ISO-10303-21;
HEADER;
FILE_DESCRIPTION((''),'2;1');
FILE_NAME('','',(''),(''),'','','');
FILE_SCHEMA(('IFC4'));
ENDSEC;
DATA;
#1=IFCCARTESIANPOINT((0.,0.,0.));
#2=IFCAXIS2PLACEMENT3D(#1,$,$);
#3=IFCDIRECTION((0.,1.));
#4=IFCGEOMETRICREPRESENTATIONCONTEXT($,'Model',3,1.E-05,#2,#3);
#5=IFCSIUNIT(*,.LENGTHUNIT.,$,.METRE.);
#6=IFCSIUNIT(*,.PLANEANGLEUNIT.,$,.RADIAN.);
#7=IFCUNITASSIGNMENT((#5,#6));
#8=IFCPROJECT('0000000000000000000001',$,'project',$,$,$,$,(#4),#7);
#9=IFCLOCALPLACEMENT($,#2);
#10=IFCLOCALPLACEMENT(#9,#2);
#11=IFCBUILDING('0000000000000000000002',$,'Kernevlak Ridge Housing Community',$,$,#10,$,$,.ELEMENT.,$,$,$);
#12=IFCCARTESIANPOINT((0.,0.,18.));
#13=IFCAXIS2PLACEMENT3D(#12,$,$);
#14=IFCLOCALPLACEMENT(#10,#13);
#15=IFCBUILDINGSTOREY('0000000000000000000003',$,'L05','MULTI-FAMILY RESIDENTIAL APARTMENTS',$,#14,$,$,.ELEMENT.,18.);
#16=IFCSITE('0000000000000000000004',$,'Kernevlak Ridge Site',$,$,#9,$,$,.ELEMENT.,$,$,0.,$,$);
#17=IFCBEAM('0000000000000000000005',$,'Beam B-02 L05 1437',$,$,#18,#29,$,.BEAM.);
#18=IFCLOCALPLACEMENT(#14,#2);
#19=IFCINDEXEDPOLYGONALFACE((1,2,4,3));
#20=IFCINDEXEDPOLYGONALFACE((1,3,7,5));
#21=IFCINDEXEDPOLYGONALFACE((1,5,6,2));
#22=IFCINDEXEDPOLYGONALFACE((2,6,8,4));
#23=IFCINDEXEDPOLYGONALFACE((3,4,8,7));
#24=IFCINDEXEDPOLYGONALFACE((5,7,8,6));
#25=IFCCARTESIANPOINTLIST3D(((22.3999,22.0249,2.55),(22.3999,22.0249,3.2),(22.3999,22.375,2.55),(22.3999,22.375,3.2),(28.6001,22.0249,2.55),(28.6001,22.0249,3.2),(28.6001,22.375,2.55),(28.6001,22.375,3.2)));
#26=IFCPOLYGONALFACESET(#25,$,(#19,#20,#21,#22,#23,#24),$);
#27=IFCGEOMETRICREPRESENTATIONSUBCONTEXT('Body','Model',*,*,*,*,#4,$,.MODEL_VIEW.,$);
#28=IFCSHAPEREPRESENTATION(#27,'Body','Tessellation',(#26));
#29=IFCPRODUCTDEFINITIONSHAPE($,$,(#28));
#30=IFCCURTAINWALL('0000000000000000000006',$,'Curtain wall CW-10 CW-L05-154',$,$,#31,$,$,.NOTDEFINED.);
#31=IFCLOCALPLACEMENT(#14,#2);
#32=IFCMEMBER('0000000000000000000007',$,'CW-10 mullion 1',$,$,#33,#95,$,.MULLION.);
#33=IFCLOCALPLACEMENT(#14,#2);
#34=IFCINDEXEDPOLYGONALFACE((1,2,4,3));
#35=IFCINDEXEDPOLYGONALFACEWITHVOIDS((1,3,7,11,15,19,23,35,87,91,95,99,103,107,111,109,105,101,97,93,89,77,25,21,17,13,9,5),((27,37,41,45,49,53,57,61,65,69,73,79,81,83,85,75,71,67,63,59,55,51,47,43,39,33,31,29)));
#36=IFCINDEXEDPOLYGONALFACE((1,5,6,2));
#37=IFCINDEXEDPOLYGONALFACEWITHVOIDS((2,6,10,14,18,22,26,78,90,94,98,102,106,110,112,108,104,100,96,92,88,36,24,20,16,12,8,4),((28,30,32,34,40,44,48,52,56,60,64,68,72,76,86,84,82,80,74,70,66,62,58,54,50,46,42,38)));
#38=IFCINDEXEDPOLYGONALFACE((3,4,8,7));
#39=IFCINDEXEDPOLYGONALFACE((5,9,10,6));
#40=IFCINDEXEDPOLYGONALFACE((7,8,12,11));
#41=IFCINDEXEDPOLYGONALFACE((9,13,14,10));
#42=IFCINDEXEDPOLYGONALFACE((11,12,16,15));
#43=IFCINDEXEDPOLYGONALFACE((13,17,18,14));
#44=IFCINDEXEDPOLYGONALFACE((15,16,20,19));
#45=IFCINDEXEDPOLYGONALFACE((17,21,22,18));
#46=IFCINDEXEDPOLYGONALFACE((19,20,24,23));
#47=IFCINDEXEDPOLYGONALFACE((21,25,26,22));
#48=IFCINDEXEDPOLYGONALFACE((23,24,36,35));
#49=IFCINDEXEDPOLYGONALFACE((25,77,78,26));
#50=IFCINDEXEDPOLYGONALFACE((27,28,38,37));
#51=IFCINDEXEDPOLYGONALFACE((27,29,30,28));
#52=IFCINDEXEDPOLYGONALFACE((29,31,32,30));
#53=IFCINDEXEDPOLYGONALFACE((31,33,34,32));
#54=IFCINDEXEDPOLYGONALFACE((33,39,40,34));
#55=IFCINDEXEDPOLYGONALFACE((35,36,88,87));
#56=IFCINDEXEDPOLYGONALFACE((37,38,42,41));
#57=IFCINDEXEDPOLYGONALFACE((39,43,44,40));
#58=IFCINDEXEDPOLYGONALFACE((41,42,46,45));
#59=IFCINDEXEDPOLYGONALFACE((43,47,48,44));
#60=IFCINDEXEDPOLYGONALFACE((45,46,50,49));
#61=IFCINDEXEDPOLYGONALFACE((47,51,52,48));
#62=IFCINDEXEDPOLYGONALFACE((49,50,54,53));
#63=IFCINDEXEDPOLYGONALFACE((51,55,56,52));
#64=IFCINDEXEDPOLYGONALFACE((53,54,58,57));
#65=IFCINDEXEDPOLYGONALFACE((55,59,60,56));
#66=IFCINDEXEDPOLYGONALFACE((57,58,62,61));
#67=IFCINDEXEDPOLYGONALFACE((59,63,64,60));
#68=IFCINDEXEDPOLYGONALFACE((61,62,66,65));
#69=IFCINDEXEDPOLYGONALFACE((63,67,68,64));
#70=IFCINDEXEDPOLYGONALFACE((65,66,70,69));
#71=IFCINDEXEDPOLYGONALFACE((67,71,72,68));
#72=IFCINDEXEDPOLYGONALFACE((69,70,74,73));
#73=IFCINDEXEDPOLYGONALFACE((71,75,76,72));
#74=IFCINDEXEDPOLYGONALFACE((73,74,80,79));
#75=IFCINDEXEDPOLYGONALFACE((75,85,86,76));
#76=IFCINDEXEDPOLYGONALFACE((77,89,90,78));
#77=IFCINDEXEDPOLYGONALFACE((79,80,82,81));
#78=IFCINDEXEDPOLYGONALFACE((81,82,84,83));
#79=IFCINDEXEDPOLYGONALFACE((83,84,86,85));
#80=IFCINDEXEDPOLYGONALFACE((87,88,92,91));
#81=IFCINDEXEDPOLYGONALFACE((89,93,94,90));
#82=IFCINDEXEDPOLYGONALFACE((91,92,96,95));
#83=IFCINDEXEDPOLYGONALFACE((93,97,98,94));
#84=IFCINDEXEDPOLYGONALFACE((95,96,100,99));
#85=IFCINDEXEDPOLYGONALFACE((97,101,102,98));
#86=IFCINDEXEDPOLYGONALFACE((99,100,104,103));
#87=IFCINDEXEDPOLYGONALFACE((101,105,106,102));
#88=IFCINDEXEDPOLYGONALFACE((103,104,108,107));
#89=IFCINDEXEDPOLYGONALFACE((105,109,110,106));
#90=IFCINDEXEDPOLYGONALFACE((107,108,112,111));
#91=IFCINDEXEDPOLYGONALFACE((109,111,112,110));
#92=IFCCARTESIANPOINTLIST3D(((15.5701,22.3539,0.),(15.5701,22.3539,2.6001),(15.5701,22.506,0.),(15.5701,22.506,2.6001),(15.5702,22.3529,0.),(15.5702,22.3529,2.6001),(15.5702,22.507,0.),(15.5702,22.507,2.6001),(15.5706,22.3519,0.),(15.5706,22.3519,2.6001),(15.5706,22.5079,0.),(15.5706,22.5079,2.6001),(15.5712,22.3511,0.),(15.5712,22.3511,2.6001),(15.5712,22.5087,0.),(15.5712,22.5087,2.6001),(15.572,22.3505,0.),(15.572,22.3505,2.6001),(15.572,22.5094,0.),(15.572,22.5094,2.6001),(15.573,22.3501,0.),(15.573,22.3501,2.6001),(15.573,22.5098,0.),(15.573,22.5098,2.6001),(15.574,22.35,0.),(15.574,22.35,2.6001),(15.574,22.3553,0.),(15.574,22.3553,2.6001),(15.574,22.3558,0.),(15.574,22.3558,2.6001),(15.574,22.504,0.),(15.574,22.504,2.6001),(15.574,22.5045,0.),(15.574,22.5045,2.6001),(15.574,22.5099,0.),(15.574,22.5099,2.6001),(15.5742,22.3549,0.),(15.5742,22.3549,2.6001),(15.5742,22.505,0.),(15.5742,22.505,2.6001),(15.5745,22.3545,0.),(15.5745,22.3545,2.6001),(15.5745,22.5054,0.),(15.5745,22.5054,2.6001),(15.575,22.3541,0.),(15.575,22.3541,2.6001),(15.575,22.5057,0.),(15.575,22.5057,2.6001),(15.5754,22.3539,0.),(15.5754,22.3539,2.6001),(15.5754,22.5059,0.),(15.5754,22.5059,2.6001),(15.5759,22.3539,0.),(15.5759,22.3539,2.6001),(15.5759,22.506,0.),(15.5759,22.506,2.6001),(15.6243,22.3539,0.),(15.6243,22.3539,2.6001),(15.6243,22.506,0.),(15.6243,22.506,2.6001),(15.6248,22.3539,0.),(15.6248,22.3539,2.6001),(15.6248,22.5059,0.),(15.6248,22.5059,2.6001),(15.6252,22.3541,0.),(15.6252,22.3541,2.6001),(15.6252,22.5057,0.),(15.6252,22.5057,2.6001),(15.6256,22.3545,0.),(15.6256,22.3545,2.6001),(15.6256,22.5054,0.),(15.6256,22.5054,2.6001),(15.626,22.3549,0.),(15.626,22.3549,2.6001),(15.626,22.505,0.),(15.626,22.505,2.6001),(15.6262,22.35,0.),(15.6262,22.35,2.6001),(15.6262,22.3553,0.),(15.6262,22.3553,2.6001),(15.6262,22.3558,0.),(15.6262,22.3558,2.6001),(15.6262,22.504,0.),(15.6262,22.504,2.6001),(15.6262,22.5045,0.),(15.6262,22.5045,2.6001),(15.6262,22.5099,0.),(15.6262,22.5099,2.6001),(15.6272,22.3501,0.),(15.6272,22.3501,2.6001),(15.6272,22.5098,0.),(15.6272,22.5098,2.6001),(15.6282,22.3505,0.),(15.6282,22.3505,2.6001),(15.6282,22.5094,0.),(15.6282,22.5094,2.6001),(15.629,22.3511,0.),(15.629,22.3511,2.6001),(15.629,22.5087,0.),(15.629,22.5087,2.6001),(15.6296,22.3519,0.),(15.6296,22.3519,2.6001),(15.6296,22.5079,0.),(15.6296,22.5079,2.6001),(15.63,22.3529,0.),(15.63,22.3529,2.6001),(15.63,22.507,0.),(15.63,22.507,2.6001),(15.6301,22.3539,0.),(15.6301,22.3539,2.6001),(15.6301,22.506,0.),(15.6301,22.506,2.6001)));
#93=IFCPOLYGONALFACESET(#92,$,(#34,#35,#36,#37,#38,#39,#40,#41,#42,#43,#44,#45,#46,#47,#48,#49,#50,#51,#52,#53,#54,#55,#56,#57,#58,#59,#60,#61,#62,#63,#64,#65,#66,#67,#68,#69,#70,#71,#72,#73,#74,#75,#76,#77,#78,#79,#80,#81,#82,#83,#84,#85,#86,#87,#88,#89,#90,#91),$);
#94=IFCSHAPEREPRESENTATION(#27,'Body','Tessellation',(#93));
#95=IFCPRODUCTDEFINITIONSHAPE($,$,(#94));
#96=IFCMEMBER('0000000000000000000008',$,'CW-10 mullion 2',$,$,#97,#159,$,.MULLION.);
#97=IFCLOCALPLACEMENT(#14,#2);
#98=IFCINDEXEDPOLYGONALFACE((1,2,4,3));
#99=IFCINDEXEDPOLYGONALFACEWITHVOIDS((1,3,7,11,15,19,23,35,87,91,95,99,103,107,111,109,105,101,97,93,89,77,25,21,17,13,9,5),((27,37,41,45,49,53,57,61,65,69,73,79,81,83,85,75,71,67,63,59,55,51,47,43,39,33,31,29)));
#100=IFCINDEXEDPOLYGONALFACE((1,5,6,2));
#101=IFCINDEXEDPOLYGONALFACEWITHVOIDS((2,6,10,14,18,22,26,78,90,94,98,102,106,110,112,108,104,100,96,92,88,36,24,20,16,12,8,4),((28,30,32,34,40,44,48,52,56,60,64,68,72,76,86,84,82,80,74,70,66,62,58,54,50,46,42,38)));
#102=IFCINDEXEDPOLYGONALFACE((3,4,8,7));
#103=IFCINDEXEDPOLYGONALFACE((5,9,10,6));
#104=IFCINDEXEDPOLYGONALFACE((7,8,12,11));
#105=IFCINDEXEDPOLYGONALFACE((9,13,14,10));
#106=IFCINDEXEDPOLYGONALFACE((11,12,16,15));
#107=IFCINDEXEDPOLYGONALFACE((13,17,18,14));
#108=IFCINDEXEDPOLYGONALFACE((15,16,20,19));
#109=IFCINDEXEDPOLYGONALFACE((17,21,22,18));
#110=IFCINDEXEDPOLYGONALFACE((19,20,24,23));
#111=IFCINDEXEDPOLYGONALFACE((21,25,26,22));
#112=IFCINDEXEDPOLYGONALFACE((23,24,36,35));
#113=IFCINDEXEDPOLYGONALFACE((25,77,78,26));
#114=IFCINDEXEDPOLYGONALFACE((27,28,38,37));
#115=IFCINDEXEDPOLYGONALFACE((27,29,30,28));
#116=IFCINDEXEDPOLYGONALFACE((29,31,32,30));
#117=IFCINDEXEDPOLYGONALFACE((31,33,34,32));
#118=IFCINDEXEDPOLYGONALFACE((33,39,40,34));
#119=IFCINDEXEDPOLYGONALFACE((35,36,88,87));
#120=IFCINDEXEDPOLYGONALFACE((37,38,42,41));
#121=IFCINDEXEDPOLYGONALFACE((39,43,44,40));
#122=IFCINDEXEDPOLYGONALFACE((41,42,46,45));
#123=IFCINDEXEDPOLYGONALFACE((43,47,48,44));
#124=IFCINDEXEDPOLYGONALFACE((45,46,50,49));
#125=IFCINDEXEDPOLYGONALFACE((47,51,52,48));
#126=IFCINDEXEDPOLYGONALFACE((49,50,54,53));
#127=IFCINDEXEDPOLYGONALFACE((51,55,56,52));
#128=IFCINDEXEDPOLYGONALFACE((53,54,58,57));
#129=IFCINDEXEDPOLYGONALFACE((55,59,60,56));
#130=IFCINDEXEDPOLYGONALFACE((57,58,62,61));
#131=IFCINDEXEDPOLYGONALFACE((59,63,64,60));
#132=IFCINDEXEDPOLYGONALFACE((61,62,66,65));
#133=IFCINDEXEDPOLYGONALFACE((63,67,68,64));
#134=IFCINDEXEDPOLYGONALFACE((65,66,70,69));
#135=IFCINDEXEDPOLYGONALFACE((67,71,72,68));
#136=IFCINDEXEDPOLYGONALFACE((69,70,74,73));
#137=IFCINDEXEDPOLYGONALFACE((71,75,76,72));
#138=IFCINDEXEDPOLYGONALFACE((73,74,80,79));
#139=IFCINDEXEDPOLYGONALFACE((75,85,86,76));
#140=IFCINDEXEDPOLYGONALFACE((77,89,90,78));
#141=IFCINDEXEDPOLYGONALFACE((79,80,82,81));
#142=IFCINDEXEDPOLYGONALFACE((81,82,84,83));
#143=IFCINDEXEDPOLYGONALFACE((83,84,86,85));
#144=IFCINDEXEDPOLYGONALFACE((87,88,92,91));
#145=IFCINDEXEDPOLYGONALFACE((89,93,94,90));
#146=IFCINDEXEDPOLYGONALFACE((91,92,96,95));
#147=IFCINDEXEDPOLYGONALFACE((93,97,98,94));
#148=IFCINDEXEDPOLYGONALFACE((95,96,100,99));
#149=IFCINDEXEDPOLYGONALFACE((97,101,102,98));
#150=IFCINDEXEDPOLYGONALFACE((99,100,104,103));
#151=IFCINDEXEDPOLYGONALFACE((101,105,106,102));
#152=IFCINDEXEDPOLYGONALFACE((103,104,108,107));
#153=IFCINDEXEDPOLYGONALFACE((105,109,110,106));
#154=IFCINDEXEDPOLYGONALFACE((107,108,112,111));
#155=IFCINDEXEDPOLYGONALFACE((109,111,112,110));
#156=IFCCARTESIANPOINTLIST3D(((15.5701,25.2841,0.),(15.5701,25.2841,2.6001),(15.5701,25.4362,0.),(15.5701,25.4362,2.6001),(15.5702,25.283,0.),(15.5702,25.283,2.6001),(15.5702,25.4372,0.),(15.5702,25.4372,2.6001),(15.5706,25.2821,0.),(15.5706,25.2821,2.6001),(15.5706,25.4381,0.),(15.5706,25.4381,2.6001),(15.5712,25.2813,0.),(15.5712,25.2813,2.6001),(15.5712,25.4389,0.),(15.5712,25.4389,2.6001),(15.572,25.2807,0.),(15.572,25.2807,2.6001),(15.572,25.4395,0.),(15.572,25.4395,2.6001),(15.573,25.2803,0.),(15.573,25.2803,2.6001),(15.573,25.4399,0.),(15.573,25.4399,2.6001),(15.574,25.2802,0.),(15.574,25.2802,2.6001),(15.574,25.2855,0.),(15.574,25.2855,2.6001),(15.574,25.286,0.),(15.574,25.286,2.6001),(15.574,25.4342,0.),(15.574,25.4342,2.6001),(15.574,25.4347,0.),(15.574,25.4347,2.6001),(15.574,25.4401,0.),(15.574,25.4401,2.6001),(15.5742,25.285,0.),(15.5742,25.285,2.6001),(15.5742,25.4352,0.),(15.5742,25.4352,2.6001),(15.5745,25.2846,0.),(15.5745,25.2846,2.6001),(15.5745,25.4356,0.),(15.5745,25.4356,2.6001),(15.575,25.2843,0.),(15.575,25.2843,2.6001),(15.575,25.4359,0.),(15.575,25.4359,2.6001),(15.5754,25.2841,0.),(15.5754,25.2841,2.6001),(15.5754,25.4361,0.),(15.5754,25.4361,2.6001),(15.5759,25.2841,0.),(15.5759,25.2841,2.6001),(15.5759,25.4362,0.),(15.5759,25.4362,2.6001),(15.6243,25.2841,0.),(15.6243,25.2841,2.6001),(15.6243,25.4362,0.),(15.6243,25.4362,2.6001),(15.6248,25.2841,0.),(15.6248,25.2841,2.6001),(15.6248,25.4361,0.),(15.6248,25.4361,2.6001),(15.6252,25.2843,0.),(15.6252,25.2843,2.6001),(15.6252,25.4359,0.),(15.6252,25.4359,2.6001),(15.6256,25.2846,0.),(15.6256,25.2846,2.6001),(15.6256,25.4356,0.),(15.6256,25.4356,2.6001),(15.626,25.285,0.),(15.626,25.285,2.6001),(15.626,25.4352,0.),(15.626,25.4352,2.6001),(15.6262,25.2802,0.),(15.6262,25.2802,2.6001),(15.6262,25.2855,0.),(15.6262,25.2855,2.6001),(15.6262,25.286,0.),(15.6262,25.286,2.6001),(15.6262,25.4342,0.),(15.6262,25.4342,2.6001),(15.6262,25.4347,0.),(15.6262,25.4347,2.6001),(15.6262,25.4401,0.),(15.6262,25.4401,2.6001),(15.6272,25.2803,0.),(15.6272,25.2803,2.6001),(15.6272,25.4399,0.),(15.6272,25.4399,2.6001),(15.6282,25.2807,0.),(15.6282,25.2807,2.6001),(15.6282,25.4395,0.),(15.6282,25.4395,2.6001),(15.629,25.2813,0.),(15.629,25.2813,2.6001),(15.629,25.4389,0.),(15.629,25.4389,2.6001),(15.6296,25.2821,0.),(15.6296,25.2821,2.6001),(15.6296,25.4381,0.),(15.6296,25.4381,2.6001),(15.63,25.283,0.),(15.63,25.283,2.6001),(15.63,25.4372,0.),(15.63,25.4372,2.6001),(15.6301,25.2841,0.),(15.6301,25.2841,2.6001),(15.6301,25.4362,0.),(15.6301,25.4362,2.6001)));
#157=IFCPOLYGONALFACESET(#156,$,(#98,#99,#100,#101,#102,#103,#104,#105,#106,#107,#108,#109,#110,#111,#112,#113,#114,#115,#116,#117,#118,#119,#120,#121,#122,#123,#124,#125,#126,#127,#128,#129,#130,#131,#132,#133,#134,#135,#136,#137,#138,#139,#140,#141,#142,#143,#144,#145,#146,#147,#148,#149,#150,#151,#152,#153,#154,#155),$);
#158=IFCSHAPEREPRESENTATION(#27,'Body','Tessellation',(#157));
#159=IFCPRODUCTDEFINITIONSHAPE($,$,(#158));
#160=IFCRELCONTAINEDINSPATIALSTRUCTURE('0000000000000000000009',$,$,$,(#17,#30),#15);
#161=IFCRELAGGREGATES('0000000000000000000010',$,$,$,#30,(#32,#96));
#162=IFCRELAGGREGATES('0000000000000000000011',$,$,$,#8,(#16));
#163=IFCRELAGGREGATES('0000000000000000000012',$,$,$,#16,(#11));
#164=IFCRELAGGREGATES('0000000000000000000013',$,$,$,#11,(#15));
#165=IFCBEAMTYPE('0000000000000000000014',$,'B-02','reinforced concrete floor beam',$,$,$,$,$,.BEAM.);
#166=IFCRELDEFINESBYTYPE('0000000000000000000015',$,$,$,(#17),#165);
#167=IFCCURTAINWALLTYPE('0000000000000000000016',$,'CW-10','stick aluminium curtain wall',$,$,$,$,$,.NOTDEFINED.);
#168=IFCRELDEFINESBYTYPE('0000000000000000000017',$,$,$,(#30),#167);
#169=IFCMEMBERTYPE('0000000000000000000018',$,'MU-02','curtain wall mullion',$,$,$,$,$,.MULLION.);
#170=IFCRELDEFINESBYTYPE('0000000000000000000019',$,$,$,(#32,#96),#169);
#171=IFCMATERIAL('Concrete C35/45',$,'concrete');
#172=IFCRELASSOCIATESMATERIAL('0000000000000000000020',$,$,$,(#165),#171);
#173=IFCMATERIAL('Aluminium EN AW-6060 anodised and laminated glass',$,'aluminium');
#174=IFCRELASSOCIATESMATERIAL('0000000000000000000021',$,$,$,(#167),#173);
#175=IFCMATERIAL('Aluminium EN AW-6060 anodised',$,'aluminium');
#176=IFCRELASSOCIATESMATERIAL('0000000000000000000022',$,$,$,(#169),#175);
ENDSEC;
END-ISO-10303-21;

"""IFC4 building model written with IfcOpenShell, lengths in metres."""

from ifc_helpers import new_model, si_unit, direction, frame, origin, origin_2d, place, context, subcontext, project, spatial, rectangle, hollow_rectangle, extrude, material, material_profile, profile_set, type_object, element, aggregate, save


model = new_model("IFC4")

# Units and contexts
model_context = context("Model", 3, precision=1e-05, world=origin(), true_north=direction((0.0, 1.0)))
body_context = subcontext(model_context, "Body", "Model", "MODEL_VIEW")
ifc_project = project(units=[si_unit("LENGTHUNIT", "METRE"), si_unit("PLANEANGLEUNIT", "RADIAN")], contexts=[model_context])

# Site, building, storey
site_placement = place(None, origin())
site = spatial("IfcSite", under=ifc_project, at=site_placement, Name="Kernevlak Ridge Site", CompositionType="ELEMENT", RefElevation=0.0)
building_placement = place(site_placement, origin())
building = spatial("IfcBuilding", under=site, at=building_placement, Name="Kernevlak Ridge Housing Community", CompositionType="ELEMENT")
storey_placement = place(building_placement, frame((0.0, 0.0, 18.0)))
storey = spatial("IfcBuildingStorey", under=building, at=storey_placement, Name="L05", Description="MULTI-FAMILY RESIDENTIAL APARTMENTS", CompositionType="ELEMENT", Elevation=18.0)

# Beam
ifc_material_1 = material(Name="Concrete C35/45", Category="concrete")
ifc_material_profile_1 = material_profile(ifc_material_1, rectangle(XDim=0.3501, YDim=0.6499, at=origin_2d()), Name="RC 350x650")
ifc_profile_set_1 = profile_set([ifc_material_profile_1], Name="Concrete C35/45")
beam_type_1 = type_object("IfcBeamType", Name="B-02", Description="reinforced concrete floor beam", PredefinedType="BEAM", material=ifc_profile_set_1)
beam_1_placement = place(storey_placement, frame((22.3999, 22.2, 2.875), z_axis=(1.0, 0.0, 0.0), x_axis=(0.0, 1.0, 0.0)))
element("IfcBeam", 1, at=beam_1_placement, inside=storey, type_object=beam_type_1, Name="Beam B-02 L05 1437", PredefinedType="BEAM", context=body_context, shape_type="SweptSolid", body=[
    extrude(rectangle(XDim=0.3501, YDim=0.6499, at=origin_2d()), origin(), (0.0, 0.0, 1.0), 6.2002),
])

# Curtain wall, members
ifc_material_2 = material(Name="Aluminium EN AW-6060 anodised and laminated glass", Category="aluminium")
curtain_wall_type_1 = type_object("IfcCurtainWallType", Name="CW-10", Description="stick aluminium curtain wall", PredefinedType="NOTDEFINED", material=ifc_material_2)
curtain_wall_1_placement = place(storey_placement, origin())
curtain_wall_1 = element("IfcCurtainWall", 2, at=curtain_wall_1_placement, inside=storey, type_object=curtain_wall_type_1, Name="Curtain wall CW-10 CW-L05-154", PredefinedType="NOTDEFINED")
ifc_material_3 = material(Name="Aluminium EN AW-6060 anodised", Category="aluminium")
ifc_material_profile_2 = material_profile(ifc_material_3, hollow_rectangle(XDim=0.0601, YDim=0.1599, WallThickness=0.0039, InnerFilletRadius=0.002, OuterFilletRadius=0.0039, at=origin_2d()), Name="ALU 60x160x4")
ifc_profile_set_2 = profile_set([ifc_material_profile_2], Name="Aluminium EN AW-6060 anodised")
member_type_1 = type_object("IfcMemberType", Name="MU-02", Description="curtain wall mullion", PredefinedType="MULLION", material=ifc_profile_set_2)
member_1_placement = place(storey_placement, frame((15.6001, 22.4299, 0.0), z_axis=(0.0, 0.0, 1.0), x_axis=(-1.0, 0.0, 0.0)))
member_1 = element("IfcMember", 3, at=member_1_placement, type_object=member_type_1, Name="CW-10 mullion 1", PredefinedType="MULLION", context=body_context, shape_type="SweptSolid", body=[
    extrude(hollow_rectangle(XDim=0.0601, YDim=0.1599, WallThickness=0.0039, InnerFilletRadius=0.002, OuterFilletRadius=0.0039, at=origin_2d()), origin(), (0.0, 0.0, 1.0), 2.6001),
])
member_2_placement = place(storey_placement, frame((15.6001, 25.3601, 0.0), z_axis=(0.0, 0.0, 1.0), x_axis=(-1.0, 0.0, 0.0)))
member_2 = element("IfcMember", 4, at=member_2_placement, type_object=member_type_1, Name="CW-10 mullion 2", PredefinedType="MULLION", context=body_context, shape_type="SweptSolid", body=[
    extrude(hollow_rectangle(XDim=0.0601, YDim=0.1599, WallThickness=0.0039, InnerFilletRadius=0.002, OuterFilletRadius=0.0039, at=origin_2d()), origin(), (0.0, 0.0, 1.0), 2.6001),
])

aggregate(curtain_wall_1, [member_1, member_2])

save(model, "model.ifc")
